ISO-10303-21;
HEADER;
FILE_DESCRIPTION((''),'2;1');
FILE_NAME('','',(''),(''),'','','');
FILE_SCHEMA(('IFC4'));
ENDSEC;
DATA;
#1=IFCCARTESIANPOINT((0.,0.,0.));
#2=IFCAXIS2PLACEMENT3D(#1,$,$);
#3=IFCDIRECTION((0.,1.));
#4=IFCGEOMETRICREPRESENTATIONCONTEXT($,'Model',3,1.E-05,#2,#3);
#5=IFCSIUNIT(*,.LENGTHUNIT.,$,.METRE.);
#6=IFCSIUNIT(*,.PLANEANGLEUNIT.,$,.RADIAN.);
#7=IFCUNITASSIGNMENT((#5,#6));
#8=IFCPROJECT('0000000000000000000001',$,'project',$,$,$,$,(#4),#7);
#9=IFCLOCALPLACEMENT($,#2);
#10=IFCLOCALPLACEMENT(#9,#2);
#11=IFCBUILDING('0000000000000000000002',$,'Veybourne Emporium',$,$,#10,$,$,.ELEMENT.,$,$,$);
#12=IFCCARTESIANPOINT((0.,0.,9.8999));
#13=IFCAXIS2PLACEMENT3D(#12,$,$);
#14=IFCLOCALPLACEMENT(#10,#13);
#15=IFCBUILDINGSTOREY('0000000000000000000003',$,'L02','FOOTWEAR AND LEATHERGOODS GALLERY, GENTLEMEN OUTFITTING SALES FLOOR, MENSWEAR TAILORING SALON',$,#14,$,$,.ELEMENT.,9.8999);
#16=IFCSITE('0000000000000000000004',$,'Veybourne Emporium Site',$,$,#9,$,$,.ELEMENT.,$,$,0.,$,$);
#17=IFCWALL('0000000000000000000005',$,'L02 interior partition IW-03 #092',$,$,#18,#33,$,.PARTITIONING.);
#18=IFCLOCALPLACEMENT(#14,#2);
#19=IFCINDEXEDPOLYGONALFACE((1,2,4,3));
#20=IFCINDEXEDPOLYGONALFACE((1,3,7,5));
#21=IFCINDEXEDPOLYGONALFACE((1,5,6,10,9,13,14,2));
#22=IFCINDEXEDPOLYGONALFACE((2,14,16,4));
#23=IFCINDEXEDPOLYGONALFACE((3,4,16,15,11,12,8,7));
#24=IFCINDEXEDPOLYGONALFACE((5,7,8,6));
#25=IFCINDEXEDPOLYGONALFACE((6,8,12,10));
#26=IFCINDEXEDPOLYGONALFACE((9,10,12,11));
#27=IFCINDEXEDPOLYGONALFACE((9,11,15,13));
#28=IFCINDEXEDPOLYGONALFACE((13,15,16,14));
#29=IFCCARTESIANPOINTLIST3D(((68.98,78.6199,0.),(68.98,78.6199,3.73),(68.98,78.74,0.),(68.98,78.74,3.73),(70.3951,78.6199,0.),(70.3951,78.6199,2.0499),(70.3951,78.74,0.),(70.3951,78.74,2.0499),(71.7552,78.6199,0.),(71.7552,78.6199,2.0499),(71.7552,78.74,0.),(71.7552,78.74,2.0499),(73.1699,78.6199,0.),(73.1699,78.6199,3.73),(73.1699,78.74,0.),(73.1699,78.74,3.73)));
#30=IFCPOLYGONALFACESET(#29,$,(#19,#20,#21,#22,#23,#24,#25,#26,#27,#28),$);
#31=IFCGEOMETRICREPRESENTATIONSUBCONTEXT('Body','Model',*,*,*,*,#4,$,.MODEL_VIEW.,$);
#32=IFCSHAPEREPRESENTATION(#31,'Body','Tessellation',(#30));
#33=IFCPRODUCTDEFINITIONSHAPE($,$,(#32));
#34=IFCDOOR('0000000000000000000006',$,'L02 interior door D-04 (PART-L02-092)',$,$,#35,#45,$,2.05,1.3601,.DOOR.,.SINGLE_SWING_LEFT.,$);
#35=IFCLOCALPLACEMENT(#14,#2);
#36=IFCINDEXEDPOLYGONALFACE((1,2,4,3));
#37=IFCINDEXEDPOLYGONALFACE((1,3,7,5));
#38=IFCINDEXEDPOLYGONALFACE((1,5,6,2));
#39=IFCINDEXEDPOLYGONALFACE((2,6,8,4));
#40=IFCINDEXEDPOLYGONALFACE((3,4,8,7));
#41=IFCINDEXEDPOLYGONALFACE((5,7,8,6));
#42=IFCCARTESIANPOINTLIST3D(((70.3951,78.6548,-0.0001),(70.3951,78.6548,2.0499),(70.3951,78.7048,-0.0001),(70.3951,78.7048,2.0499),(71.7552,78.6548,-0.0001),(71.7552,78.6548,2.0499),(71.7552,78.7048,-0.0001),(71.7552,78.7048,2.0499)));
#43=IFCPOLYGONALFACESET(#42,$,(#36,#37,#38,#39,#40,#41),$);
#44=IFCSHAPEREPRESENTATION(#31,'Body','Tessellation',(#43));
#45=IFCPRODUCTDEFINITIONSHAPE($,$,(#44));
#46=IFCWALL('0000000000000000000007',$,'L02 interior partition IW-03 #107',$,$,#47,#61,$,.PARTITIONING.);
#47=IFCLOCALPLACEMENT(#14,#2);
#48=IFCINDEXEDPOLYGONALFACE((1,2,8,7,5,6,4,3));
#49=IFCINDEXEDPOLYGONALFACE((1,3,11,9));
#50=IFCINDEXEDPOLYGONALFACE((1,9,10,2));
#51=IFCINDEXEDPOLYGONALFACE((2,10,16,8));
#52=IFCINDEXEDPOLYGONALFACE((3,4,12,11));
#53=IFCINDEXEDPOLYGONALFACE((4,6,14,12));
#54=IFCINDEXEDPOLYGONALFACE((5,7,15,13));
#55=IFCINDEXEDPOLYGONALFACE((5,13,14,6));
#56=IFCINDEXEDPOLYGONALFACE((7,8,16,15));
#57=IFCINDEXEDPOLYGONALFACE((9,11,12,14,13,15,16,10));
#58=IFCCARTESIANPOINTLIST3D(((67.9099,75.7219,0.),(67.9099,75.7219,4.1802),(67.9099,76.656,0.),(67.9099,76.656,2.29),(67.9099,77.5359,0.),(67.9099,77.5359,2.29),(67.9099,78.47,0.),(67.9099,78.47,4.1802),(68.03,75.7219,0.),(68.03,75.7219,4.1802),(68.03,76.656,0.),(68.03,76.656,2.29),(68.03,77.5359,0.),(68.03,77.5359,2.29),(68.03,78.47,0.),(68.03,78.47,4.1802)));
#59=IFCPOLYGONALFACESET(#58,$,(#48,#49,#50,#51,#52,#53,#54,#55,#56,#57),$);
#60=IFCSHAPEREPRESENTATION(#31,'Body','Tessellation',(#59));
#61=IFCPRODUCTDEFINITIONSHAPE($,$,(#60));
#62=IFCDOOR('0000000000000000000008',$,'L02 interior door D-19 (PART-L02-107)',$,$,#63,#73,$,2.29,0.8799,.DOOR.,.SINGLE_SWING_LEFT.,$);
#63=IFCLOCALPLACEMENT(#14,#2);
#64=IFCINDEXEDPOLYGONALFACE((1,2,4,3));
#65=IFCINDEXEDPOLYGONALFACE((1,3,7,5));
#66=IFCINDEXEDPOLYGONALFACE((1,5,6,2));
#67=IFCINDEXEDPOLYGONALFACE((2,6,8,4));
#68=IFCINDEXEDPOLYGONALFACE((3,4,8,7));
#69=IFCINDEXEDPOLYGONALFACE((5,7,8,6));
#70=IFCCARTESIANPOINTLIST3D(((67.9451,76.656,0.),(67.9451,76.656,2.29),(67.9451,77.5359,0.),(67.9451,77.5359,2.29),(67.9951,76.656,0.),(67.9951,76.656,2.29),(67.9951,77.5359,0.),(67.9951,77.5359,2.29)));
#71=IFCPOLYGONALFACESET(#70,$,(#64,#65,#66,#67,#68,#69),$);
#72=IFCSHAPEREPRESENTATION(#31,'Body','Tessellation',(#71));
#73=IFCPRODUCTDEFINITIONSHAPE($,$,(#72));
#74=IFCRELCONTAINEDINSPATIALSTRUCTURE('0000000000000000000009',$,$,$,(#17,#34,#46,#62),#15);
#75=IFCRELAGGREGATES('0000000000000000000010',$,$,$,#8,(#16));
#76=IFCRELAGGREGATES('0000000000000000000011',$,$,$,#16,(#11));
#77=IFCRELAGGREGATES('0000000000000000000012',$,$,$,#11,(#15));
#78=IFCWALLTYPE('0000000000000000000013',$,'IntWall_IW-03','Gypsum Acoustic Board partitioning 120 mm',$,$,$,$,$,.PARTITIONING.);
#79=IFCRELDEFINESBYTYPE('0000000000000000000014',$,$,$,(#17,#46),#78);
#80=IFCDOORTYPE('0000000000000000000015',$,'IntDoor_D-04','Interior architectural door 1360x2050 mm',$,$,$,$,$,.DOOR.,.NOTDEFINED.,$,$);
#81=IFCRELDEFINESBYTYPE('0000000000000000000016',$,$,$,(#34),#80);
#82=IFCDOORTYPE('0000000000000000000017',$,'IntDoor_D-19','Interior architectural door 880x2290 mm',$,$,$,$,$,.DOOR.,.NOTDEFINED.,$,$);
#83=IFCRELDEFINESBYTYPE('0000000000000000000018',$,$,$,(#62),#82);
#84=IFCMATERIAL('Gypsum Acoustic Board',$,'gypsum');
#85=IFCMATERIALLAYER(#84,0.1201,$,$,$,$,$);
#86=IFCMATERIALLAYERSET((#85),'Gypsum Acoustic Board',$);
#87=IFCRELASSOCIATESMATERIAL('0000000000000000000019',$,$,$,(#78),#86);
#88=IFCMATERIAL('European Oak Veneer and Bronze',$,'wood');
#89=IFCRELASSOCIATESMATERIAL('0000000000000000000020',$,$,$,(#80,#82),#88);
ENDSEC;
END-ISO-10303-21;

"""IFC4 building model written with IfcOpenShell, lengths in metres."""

from ifc_helpers import new_model, si_unit, direction, frame, frame_2d, origin, place, context, subcontext, project, spatial, rectangle, extrude, material, layer, layer_set, type_object, element, fill, save


model = new_model("IFC4")

# Units and contexts
model_context = context("Model", 3, precision=1e-05, world=origin(), true_north=direction((0.0, 1.0)))
body_context = subcontext(model_context, "Body", "Model", "MODEL_VIEW")
ifc_project = project(units=[si_unit("LENGTHUNIT", "METRE"), si_unit("PLANEANGLEUNIT", "RADIAN")], contexts=[model_context])

# Site, building, storey
site_placement = place(None, origin())
site = spatial("IfcSite", under=ifc_project, at=site_placement, Name="Veybourne Emporium Site", CompositionType="ELEMENT", RefElevation=0.0)
building_placement = place(site_placement, origin())
building = spatial("IfcBuilding", under=site, at=building_placement, Name="Veybourne Emporium", CompositionType="ELEMENT")
storey_placement = place(building_placement, frame((0.0, 0.0, 9.8999)))
storey = spatial("IfcBuildingStorey", under=building, at=storey_placement, Name="L02", Description="FOOTWEAR AND LEATHERGOODS GALLERY, GENTLEMEN OUTFITTING SALES FLOOR, MENSWEAR TAILORING SALON", CompositionType="ELEMENT", Elevation=9.8999)

# Shared definitions
ifc_material_1 = material(Name="Gypsum Acoustic Board", Category="gypsum")
ifc_material_2 = material(Name="European Oak Veneer and Bronze", Category="wood")

# Walls, openings, doors
ifc_layer_1 = layer(ifc_material_1, 0.1201)
ifc_layer_set_1 = layer_set([ifc_layer_1], Name="Gypsum Acoustic Board")
wall_type_1 = type_object("IfcWallType", Name="IntWall_IW-03", Description="Gypsum Acoustic Board partitioning 120 mm", PredefinedType="PARTITIONING", material=ifc_layer_set_1)
wall_1_placement = place(storey_placement, frame((68.98, 78.6799, 0.0), z_axis=(0.0, 0.0, 1.0), x_axis=(1.0, 0.0, 0.0)))
wall_1 = element("IfcWall", 1, at=wall_1_placement, inside=storey, type_object=wall_type_1, Name="L02 interior partition IW-03 #092", PredefinedType="PARTITIONING", context=body_context, shape_type="SweptSolid", body=[
    extrude(rectangle(XDim=4.1899, YDim=0.1201, at=frame_2d((2.095, 0.0))), origin(), (0.0, 0.0, 1.0), 3.73),
])
opening_1_placement = place(wall_1_placement, frame((1.415, 0.0, 0.0)))
opening_1 = element("IfcOpeningElement", 2, at=opening_1_placement, cuts=wall_1, PredefinedType="OPENING", context=body_context, shape_type="SweptSolid", body=[
    extrude(rectangle(XDim=1.3601, YDim=2.05, at=frame_2d((0.6802, 1.0249))), frame((0.0, 0.0801, 0.0), z_axis=(0.0, -1.0, 0.0), x_axis=(1.0, 0.0, 0.0)), (0.0, 0.0, 1.0), 0.1602),
])
door_type_1 = type_object("IfcDoorType", Name="IntDoor_D-04", Description="Interior architectural door 1360x2050 mm", OperationType="NOTDEFINED", PredefinedType="DOOR", material=ifc_material_2)
door_1_placement = place(opening_1_placement, origin())
door_1 = element("IfcDoor", 3, at=door_1_placement, inside=storey, type_object=door_type_1, Name="L02 interior door D-04 (PART-L02-092)", OperationType="SINGLE_SWING_LEFT", OverallHeight=2.05, OverallWidth=1.3601, PredefinedType="DOOR", context=body_context, shape_type="SweptSolid", body=[
    extrude(rectangle(XDim=1.3601, YDim=2.05, at=frame_2d((0.6802, 1.0249))), frame((0.0, 0.0249, 0.0), z_axis=(0.0, -1.0, 0.0), x_axis=(1.0, 0.0, 0.0)), (0.0, 0.0, 1.0), 0.05),
])
fill(opening_1, door_1)
wall_2_placement = place(storey_placement, frame((67.97, 75.7219, 0.0), z_axis=(0.0, 0.0, 1.0), x_axis=(0.0, 1.0, 0.0)))
wall_2 = element("IfcWall", 4, at=wall_2_placement, inside=storey, type_object=wall_type_1, Name="L02 interior partition IW-03 #107", PredefinedType="PARTITIONING", context=body_context, shape_type="SweptSolid", body=[
    extrude(rectangle(XDim=2.748, YDim=0.1201, at=frame_2d((1.374, 0.0))), origin(), (0.0, 0.0, 1.0), 4.1802),
])
opening_2_placement = place(wall_2_placement, frame((0.9341, 0.0, 0.0)))
opening_2 = element("IfcOpeningElement", 5, at=opening_2_placement, cuts=wall_2, PredefinedType="OPENING", context=body_context, shape_type="SweptSolid", body=[
    extrude(rectangle(XDim=0.8799, YDim=2.29, at=frame_2d((0.4399, 1.145))), frame((0.0, 0.0801, 0.0), z_axis=(0.0, -1.0, 0.0), x_axis=(1.0, 0.0, 0.0)), (0.0, 0.0, 1.0), 0.1602),
])
door_type_2 = type_object("IfcDoorType", Name="IntDoor_D-19", Description="Interior architectural door 880x2290 mm", OperationType="NOTDEFINED", PredefinedType="DOOR", material=ifc_material_2)
door_2_placement = place(opening_2_placement, origin())
door_2 = element("IfcDoor", 6, at=door_2_placement, inside=storey, type_object=door_type_2, Name="L02 interior door D-19 (PART-L02-107)", OperationType="SINGLE_SWING_LEFT", OverallHeight=2.29, OverallWidth=0.8799, PredefinedType="DOOR", context=body_context, shape_type="SweptSolid", body=[
    extrude(rectangle(XDim=0.8799, YDim=2.29, at=frame_2d((0.4399, 1.145))), frame((0.0, 0.0249, 0.0), z_axis=(0.0, -1.0, 0.0), x_axis=(1.0, 0.0, 0.0)), (0.0, 0.0, 1.0), 0.05),
])
fill(opening_2, door_2)

save(model, "model.ifc")
